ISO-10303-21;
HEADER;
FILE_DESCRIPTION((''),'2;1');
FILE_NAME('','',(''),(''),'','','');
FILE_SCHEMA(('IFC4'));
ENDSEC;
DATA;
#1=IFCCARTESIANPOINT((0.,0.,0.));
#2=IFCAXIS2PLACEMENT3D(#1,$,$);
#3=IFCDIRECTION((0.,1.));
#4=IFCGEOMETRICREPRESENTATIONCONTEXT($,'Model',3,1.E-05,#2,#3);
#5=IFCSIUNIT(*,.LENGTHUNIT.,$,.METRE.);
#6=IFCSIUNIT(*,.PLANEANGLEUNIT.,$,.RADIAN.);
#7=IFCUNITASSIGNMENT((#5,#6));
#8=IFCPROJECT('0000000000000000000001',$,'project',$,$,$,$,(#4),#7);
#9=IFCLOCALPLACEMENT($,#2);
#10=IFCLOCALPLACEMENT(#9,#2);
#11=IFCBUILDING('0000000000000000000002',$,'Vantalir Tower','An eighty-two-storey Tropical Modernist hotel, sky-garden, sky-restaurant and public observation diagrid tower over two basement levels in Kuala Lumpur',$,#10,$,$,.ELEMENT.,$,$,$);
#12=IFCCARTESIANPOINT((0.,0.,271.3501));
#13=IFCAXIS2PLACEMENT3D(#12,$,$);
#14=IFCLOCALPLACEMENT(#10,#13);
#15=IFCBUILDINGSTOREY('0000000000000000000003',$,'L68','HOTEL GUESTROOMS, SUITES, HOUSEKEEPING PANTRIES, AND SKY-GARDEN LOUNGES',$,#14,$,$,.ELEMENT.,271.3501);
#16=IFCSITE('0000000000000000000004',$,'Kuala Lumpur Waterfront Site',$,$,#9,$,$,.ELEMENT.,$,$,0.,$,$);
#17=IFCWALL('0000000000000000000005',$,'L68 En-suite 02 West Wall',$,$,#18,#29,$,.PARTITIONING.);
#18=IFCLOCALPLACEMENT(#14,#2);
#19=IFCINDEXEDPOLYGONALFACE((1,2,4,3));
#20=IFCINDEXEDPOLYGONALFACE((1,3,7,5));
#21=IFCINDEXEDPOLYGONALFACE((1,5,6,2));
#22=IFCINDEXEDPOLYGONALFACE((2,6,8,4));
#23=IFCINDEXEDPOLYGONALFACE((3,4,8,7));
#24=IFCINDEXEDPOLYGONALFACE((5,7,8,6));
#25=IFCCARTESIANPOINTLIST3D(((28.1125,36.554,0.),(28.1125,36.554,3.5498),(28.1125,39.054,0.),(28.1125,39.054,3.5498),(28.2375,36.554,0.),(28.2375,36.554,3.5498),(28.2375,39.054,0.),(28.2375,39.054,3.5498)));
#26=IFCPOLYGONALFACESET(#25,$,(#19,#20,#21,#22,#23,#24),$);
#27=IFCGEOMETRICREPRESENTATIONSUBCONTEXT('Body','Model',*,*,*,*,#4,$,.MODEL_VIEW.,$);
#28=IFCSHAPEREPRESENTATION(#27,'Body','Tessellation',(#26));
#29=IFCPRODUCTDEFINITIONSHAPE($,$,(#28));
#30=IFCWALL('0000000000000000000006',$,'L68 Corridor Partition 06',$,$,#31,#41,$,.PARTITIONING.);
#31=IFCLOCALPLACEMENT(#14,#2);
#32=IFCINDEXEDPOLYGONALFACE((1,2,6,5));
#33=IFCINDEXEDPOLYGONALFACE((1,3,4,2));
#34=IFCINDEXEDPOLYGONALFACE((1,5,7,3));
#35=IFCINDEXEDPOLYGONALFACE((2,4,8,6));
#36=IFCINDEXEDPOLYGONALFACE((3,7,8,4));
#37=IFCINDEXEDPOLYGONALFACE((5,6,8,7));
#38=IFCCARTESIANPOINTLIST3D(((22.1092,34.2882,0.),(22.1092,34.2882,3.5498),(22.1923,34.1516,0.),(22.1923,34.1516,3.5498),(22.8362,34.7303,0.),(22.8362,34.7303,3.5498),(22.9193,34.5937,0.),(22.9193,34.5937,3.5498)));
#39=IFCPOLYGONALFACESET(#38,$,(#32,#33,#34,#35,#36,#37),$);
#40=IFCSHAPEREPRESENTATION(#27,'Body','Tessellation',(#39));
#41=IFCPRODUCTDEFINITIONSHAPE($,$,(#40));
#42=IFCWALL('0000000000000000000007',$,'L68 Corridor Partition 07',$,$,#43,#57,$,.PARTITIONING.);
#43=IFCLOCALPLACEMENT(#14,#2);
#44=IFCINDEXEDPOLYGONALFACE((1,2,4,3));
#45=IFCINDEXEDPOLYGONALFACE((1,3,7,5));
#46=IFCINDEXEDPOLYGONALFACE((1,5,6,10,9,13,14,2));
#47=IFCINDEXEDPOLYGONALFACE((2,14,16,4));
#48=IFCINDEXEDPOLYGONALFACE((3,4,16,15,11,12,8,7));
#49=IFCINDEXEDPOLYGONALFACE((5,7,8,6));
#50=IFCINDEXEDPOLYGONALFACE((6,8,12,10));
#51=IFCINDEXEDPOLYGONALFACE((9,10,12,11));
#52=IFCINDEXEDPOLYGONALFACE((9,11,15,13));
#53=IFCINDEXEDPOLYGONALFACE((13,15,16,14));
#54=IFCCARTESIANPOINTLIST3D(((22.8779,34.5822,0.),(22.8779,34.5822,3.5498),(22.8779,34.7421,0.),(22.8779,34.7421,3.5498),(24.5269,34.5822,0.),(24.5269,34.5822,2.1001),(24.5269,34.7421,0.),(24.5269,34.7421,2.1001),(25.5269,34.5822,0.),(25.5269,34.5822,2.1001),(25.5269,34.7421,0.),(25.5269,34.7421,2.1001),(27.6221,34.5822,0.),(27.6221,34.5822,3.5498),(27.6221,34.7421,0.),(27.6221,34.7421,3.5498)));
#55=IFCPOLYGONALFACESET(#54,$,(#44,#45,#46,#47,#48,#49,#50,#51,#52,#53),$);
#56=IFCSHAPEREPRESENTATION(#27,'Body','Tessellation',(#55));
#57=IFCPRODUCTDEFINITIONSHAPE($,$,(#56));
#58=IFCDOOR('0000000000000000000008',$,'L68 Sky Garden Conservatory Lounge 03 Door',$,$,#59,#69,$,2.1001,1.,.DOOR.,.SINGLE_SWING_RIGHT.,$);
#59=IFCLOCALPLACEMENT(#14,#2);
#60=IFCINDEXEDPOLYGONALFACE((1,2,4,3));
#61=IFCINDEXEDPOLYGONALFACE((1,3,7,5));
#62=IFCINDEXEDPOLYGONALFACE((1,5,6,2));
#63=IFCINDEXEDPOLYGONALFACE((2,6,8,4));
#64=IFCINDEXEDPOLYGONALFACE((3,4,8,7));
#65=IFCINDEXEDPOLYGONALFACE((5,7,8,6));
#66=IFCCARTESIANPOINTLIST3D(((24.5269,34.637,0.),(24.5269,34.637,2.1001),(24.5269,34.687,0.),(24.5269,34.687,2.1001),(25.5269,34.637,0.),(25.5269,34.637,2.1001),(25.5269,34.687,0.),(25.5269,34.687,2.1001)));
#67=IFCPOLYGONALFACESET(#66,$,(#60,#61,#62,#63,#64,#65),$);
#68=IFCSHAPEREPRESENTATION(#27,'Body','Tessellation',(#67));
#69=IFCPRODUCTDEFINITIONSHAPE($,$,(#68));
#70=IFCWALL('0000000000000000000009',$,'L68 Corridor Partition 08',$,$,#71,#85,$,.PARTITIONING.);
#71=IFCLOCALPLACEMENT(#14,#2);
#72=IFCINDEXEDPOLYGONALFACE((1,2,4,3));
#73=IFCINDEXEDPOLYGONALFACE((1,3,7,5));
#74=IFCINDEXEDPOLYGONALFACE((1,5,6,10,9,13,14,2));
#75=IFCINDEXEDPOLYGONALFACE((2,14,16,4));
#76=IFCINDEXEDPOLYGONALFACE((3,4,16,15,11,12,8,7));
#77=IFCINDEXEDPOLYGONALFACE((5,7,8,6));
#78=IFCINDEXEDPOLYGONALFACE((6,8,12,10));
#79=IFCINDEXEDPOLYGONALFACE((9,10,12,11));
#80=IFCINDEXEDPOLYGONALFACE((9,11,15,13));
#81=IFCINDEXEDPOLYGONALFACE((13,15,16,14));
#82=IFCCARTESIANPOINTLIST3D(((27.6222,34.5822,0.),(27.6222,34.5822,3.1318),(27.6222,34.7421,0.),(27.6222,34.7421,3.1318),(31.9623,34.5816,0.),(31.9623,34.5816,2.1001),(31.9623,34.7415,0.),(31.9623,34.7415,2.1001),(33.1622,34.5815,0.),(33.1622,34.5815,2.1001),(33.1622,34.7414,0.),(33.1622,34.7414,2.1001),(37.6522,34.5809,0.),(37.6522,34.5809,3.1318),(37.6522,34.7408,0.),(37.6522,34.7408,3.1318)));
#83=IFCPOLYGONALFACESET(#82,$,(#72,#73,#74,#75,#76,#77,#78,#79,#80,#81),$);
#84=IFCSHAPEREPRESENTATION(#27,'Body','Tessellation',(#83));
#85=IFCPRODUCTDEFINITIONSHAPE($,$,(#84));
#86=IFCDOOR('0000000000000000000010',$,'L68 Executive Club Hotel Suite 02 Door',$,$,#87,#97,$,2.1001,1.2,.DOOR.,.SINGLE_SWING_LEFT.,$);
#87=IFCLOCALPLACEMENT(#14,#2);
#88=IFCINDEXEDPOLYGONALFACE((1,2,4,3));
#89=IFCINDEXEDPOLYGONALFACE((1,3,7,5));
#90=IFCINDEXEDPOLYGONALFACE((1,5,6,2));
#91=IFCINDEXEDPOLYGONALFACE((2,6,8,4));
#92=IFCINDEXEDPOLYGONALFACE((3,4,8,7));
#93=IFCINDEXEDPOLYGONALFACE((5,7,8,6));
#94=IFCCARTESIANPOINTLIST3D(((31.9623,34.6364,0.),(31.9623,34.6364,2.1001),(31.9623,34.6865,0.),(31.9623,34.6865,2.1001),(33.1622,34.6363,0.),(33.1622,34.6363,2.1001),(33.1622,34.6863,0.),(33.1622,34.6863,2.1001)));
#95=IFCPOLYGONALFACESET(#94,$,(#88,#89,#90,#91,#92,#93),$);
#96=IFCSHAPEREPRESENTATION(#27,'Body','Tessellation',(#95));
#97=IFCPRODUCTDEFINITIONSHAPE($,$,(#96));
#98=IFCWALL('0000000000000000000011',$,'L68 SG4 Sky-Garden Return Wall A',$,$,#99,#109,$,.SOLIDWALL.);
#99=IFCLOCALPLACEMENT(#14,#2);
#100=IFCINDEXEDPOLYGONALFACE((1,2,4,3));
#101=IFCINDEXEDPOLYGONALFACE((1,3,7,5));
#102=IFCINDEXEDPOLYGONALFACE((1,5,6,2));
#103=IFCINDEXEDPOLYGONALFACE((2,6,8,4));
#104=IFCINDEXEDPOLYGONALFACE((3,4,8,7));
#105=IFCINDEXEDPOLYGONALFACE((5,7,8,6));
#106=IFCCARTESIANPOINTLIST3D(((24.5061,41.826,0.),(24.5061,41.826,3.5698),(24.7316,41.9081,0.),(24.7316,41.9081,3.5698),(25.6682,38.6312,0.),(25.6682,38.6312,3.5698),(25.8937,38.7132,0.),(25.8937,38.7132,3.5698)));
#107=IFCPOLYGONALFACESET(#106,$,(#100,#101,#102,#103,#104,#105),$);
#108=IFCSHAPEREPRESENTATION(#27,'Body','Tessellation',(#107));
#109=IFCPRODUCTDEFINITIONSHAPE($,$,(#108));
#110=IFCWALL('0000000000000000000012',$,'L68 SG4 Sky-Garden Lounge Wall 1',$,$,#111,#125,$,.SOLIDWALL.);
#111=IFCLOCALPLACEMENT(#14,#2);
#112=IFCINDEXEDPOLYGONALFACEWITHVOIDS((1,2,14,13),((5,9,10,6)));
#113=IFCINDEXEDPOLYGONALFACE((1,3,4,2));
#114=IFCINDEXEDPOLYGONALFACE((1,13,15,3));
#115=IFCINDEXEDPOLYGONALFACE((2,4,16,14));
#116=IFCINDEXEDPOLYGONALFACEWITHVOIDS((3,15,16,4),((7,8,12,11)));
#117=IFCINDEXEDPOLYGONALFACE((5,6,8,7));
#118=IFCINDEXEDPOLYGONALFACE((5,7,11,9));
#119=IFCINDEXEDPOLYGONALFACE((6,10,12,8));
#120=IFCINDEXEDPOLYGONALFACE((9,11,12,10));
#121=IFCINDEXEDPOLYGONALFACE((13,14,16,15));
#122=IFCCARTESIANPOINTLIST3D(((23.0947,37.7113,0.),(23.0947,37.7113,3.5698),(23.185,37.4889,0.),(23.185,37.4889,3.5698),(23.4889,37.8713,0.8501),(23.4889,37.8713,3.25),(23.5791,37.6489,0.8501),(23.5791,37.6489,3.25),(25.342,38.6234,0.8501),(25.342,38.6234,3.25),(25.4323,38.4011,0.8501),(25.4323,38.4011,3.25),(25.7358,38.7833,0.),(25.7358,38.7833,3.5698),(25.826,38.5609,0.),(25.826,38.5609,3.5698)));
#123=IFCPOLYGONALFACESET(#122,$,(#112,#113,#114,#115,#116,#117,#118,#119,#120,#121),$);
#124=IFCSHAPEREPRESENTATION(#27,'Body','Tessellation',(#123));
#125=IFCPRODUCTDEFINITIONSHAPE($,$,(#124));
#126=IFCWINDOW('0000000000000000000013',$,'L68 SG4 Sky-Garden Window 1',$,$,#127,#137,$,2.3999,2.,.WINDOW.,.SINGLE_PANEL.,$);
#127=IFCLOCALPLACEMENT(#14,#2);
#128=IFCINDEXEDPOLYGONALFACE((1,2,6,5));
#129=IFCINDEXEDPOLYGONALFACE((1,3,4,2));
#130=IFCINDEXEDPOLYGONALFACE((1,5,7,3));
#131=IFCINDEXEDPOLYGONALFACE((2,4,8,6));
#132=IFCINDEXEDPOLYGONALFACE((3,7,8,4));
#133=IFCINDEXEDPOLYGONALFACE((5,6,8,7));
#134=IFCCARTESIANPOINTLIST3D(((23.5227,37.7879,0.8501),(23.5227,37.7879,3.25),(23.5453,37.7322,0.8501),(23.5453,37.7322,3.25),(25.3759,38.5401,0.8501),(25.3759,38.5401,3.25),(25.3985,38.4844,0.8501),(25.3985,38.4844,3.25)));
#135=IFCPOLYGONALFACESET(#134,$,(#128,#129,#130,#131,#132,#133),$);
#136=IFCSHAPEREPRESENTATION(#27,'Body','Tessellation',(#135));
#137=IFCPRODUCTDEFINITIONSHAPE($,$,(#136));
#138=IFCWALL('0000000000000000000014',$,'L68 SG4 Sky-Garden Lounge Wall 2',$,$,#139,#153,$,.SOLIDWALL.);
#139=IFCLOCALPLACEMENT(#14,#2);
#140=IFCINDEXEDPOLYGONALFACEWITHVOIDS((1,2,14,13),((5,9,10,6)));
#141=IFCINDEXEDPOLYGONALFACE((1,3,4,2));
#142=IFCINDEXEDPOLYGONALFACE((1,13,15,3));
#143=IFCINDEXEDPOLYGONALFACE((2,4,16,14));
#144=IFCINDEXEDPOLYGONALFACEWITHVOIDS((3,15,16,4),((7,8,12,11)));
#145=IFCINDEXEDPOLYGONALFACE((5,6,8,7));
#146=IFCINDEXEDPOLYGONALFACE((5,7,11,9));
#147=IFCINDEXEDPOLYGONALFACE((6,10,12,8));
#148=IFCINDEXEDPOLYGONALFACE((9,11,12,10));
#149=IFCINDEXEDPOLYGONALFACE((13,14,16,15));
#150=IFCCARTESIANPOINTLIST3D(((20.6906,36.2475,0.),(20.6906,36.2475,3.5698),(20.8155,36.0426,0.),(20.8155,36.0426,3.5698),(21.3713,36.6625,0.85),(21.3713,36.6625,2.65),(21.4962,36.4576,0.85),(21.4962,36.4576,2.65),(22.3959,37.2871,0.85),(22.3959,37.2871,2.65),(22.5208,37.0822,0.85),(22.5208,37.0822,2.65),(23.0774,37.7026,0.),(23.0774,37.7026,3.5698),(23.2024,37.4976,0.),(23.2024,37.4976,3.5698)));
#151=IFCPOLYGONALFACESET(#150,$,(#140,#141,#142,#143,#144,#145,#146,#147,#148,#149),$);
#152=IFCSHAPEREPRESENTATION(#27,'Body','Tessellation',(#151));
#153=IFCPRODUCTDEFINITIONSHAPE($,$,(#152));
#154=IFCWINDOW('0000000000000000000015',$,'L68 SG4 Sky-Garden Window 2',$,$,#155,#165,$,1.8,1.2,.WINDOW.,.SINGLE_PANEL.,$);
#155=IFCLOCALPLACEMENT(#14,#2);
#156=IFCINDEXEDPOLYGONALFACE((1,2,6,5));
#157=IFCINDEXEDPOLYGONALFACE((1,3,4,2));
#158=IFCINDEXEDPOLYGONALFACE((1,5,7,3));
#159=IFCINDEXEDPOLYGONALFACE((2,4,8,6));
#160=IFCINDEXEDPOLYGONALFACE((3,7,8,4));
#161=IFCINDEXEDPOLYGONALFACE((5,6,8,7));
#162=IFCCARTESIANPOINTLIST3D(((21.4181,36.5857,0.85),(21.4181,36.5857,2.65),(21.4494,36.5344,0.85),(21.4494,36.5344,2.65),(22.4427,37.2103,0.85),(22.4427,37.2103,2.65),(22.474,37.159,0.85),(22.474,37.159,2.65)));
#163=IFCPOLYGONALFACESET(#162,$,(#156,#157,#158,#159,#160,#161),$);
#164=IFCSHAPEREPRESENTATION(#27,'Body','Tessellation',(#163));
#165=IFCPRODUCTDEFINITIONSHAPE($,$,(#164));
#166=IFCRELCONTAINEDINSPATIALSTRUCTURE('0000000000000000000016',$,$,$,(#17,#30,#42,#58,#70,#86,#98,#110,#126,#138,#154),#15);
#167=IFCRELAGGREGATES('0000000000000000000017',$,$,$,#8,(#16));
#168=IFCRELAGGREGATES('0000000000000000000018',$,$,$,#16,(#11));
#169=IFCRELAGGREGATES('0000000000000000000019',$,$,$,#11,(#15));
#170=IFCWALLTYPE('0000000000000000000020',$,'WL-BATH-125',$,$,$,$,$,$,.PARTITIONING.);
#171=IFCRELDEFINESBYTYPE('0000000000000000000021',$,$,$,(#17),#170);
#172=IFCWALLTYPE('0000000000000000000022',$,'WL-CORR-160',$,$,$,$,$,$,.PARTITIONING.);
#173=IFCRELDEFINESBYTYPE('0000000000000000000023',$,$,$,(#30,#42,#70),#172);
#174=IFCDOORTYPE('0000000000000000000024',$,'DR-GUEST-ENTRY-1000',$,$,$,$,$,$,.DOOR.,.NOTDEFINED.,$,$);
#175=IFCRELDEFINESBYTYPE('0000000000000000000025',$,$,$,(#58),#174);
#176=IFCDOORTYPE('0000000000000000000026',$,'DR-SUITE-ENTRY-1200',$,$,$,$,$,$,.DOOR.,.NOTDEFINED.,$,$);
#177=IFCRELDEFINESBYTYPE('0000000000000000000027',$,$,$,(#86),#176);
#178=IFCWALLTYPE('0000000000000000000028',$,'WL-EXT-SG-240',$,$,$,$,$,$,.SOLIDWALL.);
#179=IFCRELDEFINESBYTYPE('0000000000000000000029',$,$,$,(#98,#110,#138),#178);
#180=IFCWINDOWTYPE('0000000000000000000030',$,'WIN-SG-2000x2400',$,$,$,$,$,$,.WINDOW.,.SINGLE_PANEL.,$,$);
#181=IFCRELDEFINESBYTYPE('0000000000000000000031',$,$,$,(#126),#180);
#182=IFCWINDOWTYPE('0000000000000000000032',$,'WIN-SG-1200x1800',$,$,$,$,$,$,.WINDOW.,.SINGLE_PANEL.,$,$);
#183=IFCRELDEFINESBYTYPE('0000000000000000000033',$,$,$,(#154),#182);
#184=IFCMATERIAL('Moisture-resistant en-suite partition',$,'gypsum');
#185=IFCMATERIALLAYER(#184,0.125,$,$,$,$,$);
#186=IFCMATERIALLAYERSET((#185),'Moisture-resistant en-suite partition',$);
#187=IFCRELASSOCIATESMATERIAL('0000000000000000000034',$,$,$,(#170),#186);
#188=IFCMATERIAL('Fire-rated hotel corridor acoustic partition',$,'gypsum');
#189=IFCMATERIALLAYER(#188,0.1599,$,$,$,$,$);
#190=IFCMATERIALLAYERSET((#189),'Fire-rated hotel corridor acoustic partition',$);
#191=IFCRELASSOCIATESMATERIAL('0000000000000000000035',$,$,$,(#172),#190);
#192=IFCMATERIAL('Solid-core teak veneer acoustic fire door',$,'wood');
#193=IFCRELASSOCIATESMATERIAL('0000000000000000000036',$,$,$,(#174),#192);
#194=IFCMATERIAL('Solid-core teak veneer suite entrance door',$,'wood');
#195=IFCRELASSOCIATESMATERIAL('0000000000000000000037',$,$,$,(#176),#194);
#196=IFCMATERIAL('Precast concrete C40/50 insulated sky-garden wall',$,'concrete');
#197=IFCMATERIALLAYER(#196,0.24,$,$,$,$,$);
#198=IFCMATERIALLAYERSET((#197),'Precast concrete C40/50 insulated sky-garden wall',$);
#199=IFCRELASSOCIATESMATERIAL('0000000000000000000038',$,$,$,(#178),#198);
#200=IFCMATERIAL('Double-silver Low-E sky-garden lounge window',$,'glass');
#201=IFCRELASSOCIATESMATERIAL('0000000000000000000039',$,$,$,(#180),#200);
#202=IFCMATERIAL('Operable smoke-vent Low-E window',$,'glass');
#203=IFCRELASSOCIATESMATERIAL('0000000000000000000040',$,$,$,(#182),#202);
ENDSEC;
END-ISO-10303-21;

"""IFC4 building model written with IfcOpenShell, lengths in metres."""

from ifc_helpers import new_model, si_unit, direction, frame, frame_2d, origin, place, context, subcontext, project, spatial, rectangle, extrude, material, layer, layer_set, type_object, element, fill, save


model = new_model("IFC4")

# Units and contexts
model_context = context("Model", 3, precision=1e-05, world=origin(), true_north=direction((0.0, 1.0)))
body_context = subcontext(model_context, "Body", "Model", "MODEL_VIEW")
ifc_project = project(units=[si_unit("LENGTHUNIT", "METRE"), si_unit("PLANEANGLEUNIT", "RADIAN")], contexts=[model_context])

# Site, building, storey
site_placement = place(None, origin())
site = spatial("IfcSite", under=ifc_project, at=site_placement, Name="Kuala Lumpur Waterfront Site", CompositionType="ELEMENT", RefElevation=0.0)
building_placement = place(site_placement, origin())
building = spatial("IfcBuilding", under=site, at=building_placement, Name="Vantalir Tower", Description="An eighty-two-storey Tropical Modernist hotel, sky-garden, sky-restaurant and public observation diagrid tower over two basement levels in Kuala Lumpur", CompositionType="ELEMENT")
storey_placement = place(building_placement, frame((0.0, 0.0, 271.3501)))
storey = spatial("IfcBuildingStorey", under=building, at=storey_placement, Name="L68", Description="HOTEL GUESTROOMS, SUITES, HOUSEKEEPING PANTRIES, AND SKY-GARDEN LOUNGES", CompositionType="ELEMENT", Elevation=271.3501)

# Shared definitions
ifc_material_1 = material(Name="Moisture-resistant en-suite partition", Category="gypsum")
ifc_layer_1 = layer(ifc_material_1, 0.125)
ifc_layer_set_1 = layer_set([ifc_layer_1], Name="Moisture-resistant en-suite partition")
wall_type_1 = type_object("IfcWallType", Name="WL-BATH-125", PredefinedType="PARTITIONING", material=ifc_layer_set_1)

# Walls
wall_1_placement = place(storey_placement, frame((28.175, 36.554, 0.0), z_axis=(0.0, 0.0, 1.0), x_axis=(0.0, 1.0, 0.0)))
element("IfcWall", 1, at=wall_1_placement, inside=storey, type_object=wall_type_1, Name="L68 En-suite 02 West Wall", PredefinedType="PARTITIONING", context=body_context, shape_type="SweptSolid", body=[
    extrude(rectangle(XDim=2.5, YDim=0.125, at=frame_2d((1.25, 0.0))), origin(), (0.0, 0.0, 1.0), 3.5498),
])
ifc_material_2 = material(Name="Fire-rated hotel corridor acoustic partition", Category="gypsum")
ifc_layer_2 = layer(ifc_material_2, 0.1599)
ifc_layer_set_2 = layer_set([ifc_layer_2], Name="Fire-rated hotel corridor acoustic partition")
wall_type_2 = type_object("IfcWallType", Name="WL-CORR-160", PredefinedType="PARTITIONING", material=ifc_layer_set_2)
wall_2_placement = place(storey_placement, frame((22.1509, 34.22, 0.0), z_axis=(0.0, 0.0, 1.0), x_axis=(0.854415, 0.519592, 0.0)))
element("IfcWall", 2, at=wall_2_placement, inside=storey, type_object=wall_type_2, Name="L68 Corridor Partition 06", PredefinedType="PARTITIONING", context=body_context, shape_type="SweptSolid", body=[
    extrude(rectangle(XDim=0.8508, YDim=0.1599, at=frame_2d((0.4253, 0.0))), origin(), (0.0, 0.0, 1.0), 3.5498),
])

# Walls, openings, doors
wall_3_placement = place(storey_placement, frame((22.8779, 34.6621, 0.0), z_axis=(0.0, 0.0, 1.0), x_axis=(1.0, 0.0, 0.0)))
wall_3 = element("IfcWall", 3, at=wall_3_placement, inside=storey, type_object=wall_type_2, Name="L68 Corridor Partition 07", PredefinedType="PARTITIONING", context=body_context, shape_type="SweptSolid", body=[
    extrude(rectangle(XDim=4.7441, YDim=0.1599, at=frame_2d((2.3721, 0.0))), origin(), (0.0, 0.0, 1.0), 3.5498),
])
opening_1_placement = place(wall_3_placement, frame((1.6489, 0.0, 0.0)))
opening_1 = element("IfcOpeningElement", 4, at=opening_1_placement, cuts=wall_3, PredefinedType="OPENING", context=body_context, shape_type="SweptSolid", body=[
    extrude(rectangle(XDim=1.0, YDim=2.1001, at=frame_2d((0.5, 1.05))), frame((0.0, 0.0898, 0.0), z_axis=(0.0, -1.0, 0.0), x_axis=(1.0, 0.0, 0.0)), (0.0, 0.0, 1.0), 0.1799),
])
ifc_material_3 = material(Name="Solid-core teak veneer acoustic fire door", Category="wood")
door_type_1 = type_object("IfcDoorType", Name="DR-GUEST-ENTRY-1000", OperationType="NOTDEFINED", PredefinedType="DOOR", material=ifc_material_3)
door_1_placement = place(opening_1_placement, origin())
door_1 = element("IfcDoor", 5, at=door_1_placement, inside=storey, type_object=door_type_1, Name="L68 Sky Garden Conservatory Lounge 03 Door", OperationType="SINGLE_SWING_RIGHT", OverallHeight=2.1001, OverallWidth=1.0, PredefinedType="DOOR", context=body_context, shape_type="SweptSolid", body=[
    extrude(rectangle(XDim=1.0, YDim=2.1001, at=frame_2d((0.5, 1.05))), frame((0.0, 0.0249, 0.0), z_axis=(0.0, -1.0, 0.0), x_axis=(1.0, 0.0, 0.0)), (0.0, 0.0, 1.0), 0.05),
])
fill(opening_1, door_1)
wall_4_placement = place(storey_placement, frame((27.6221, 34.6621, 0.0), z_axis=(0.0, 0.0, 1.0), x_axis=(1.0, -0.000122, 0.0)))
wall_4 = element("IfcWall", 6, at=wall_4_placement, inside=storey, type_object=wall_type_2, Name="L68 Corridor Partition 08", PredefinedType="PARTITIONING", context=body_context, shape_type="SweptSolid", body=[
    extrude(rectangle(XDim=10.03, YDim=0.1599, at=frame_2d((5.0151, 0.0))), origin(), (0.0, 0.0, 1.0), 3.1318),
])
opening_2_placement = place(wall_4_placement, frame((4.3401, 0.0, 0.0)))
opening_2 = element("IfcOpeningElement", 7, at=opening_2_placement, cuts=wall_4, PredefinedType="OPENING", context=body_context, shape_type="SweptSolid", body=[
    extrude(rectangle(XDim=1.2, YDim=2.1001, at=frame_2d((0.6001, 1.05))), frame((0.0, 0.0898, 0.0), z_axis=(0.0, -1.0, 0.0), x_axis=(1.0, 0.0, 0.0)), (0.0, 0.0, 1.0), 0.1799),
])
ifc_material_4 = material(Name="Solid-core teak veneer suite entrance door", Category="wood")
door_type_2 = type_object("IfcDoorType", Name="DR-SUITE-ENTRY-1200", OperationType="NOTDEFINED", PredefinedType="DOOR", material=ifc_material_4)
door_2_placement = place(opening_2_placement, origin())
door_2 = element("IfcDoor", 8, at=door_2_placement, inside=storey, type_object=door_type_2, Name="L68 Executive Club Hotel Suite 02 Door", OperationType="SINGLE_SWING_LEFT", OverallHeight=2.1001, OverallWidth=1.2, PredefinedType="DOOR", context=body_context, shape_type="SweptSolid", body=[
    extrude(rectangle(XDim=1.2, YDim=2.1001, at=frame_2d((0.6001, 1.05))), frame((0.0, 0.0249, 0.0), z_axis=(0.0, -1.0, 0.0), x_axis=(1.0, 0.0, 0.0)), (0.0, 0.0, 1.0), 0.05),
])
fill(opening_2, door_2)

# Wall
ifc_material_5 = material(Name="Precast concrete C40/50 insulated sky-garden wall", Category="concrete")
ifc_layer_3 = layer(ifc_material_5, 0.24)
ifc_layer_set_3 = layer_set([ifc_layer_3], Name="Precast concrete C40/50 insulated sky-garden wall")
wall_type_3 = type_object("IfcWallType", Name="WL-EXT-SG-240", PredefinedType="SOLIDWALL", material=ifc_layer_set_3)
wall_5_placement = place(storey_placement, frame((24.6189, 41.8669, 0.0), z_axis=(0.0, 0.0, 1.0), x_axis=(0.341835, -0.93976, 0.0)))
element("IfcWall", 9, at=wall_5_placement, inside=storey, type_object=wall_type_3, Name="L68 SG4 Sky-Garden Return Wall A", PredefinedType="SOLIDWALL", context=body_context, shape_type="SweptSolid", body=[
    extrude(rectangle(XDim=3.3997, YDim=0.24, at=frame_2d((1.6997, 0.0))), origin(), (0.0, 0.0, 1.0), 3.5698),
])

# Walls, openings, windows
wall_6_placement = place(storey_placement, frame((25.781, 38.6721, 0.0), z_axis=(0.0, 0.0, 1.0), x_axis=(-0.92658, -0.376097, 0.0)))
wall_6 = element("IfcWall", 10, at=wall_6_placement, inside=storey, type_object=wall_type_3, Name="L68 SG4 Sky-Garden Lounge Wall 1", PredefinedType="SOLIDWALL", context=body_context, shape_type="SweptSolid", body=[
    extrude(rectangle(XDim=2.8503, YDim=0.24, at=frame_2d((1.4253, 0.0))), origin(), (0.0, 0.0, 1.0), 3.5698),
])
opening_3_placement = place(wall_6_placement, frame((0.425, 0.0, 0.8501)))
opening_3 = element("IfcOpeningElement", 11, at=opening_3_placement, cuts=wall_6, PredefinedType="OPENING", context=body_context, shape_type="SweptSolid", body=[
    extrude(rectangle(XDim=2.0, YDim=2.3999, at=frame_2d((1.0, 1.2))), frame((0.0, 0.1299, 0.0), z_axis=(0.0, -1.0, 0.0), x_axis=(1.0, 0.0, 0.0)), (0.0, 0.0, 1.0), 0.26),
])
ifc_material_6 = material(Name="Double-silver Low-E sky-garden lounge window", Category="glass")
window_type_1 = type_object("IfcWindowType", Name="WIN-SG-2000x2400", PartitioningType="SINGLE_PANEL", PredefinedType="WINDOW", material=ifc_material_6)
window_1_placement = place(opening_3_placement, origin())
window_1 = element("IfcWindow", 12, at=window_1_placement, inside=storey, type_object=window_type_1, Name="L68 SG4 Sky-Garden Window 1", OverallHeight=2.3999, OverallWidth=2.0, PartitioningType="SINGLE_PANEL", PredefinedType="WINDOW", context=body_context, shape_type="SweptSolid", body=[
    extrude(rectangle(XDim=2.0, YDim=2.3999, at=frame_2d((1.0, 1.2))), frame((0.0, 0.03, 0.0), z_axis=(0.0, -1.0, 0.0), x_axis=(1.0, 0.0, 0.0)), (0.0, 0.0, 1.0), 0.0601),
])
fill(opening_3, window_1)
wall_7_placement = place(storey_placement, frame((23.1399, 37.6001, 0.0), z_axis=(0.0, 0.0, 1.0), x_axis=(-0.853858, -0.520506, 0.0)))
wall_7 = element("IfcWall", 13, at=wall_7_placement, inside=storey, type_object=wall_type_3, Name="L68 SG4 Sky-Garden Lounge Wall 2", PredefinedType="SOLIDWALL", context=body_context, shape_type="SweptSolid", body=[
    extrude(rectangle(XDim=2.7954, YDim=0.24, at=frame_2d((1.3977, 0.0))), origin(), (0.0, 0.0, 1.0), 3.5698),
])
opening_4_placement = place(wall_7_placement, frame((0.7981, 0.0, 0.8501)))
opening_4 = element("IfcOpeningElement", 14, at=opening_4_placement, cuts=wall_7, PredefinedType="OPENING", context=body_context, shape_type="SweptSolid", body=[
    extrude(rectangle(XDim=1.2, YDim=1.8, at=frame_2d((0.6001, 0.8999))), frame((0.0, 0.1299, 0.0), z_axis=(0.0, -1.0, 0.0), x_axis=(1.0, 0.0, 0.0)), (0.0, 0.0, 1.0), 0.26),
])
ifc_material_7 = material(Name="Operable smoke-vent Low-E window", Category="glass")
window_type_2 = type_object("IfcWindowType", Name="WIN-SG-1200x1800", PartitioningType="SINGLE_PANEL", PredefinedType="WINDOW", material=ifc_material_7)
window_2_placement = place(opening_4_placement, origin())
window_2 = element("IfcWindow", 15, at=window_2_placement, inside=storey, type_object=window_type_2, Name="L68 SG4 Sky-Garden Window 2", OverallHeight=1.8, OverallWidth=1.2, PartitioningType="SINGLE_PANEL", PredefinedType="WINDOW", context=body_context, shape_type="SweptSolid", body=[
    extrude(rectangle(XDim=1.2, YDim=1.8, at=frame_2d((0.6001, 0.8999))), frame((0.0, 0.03, 0.0), z_axis=(0.0, -1.0, 0.0), x_axis=(1.0, 0.0, 0.0)), (0.0, 0.0, 1.0), 0.0601),
])
fill(opening_4, window_2)

save(model, "model.ifc")
